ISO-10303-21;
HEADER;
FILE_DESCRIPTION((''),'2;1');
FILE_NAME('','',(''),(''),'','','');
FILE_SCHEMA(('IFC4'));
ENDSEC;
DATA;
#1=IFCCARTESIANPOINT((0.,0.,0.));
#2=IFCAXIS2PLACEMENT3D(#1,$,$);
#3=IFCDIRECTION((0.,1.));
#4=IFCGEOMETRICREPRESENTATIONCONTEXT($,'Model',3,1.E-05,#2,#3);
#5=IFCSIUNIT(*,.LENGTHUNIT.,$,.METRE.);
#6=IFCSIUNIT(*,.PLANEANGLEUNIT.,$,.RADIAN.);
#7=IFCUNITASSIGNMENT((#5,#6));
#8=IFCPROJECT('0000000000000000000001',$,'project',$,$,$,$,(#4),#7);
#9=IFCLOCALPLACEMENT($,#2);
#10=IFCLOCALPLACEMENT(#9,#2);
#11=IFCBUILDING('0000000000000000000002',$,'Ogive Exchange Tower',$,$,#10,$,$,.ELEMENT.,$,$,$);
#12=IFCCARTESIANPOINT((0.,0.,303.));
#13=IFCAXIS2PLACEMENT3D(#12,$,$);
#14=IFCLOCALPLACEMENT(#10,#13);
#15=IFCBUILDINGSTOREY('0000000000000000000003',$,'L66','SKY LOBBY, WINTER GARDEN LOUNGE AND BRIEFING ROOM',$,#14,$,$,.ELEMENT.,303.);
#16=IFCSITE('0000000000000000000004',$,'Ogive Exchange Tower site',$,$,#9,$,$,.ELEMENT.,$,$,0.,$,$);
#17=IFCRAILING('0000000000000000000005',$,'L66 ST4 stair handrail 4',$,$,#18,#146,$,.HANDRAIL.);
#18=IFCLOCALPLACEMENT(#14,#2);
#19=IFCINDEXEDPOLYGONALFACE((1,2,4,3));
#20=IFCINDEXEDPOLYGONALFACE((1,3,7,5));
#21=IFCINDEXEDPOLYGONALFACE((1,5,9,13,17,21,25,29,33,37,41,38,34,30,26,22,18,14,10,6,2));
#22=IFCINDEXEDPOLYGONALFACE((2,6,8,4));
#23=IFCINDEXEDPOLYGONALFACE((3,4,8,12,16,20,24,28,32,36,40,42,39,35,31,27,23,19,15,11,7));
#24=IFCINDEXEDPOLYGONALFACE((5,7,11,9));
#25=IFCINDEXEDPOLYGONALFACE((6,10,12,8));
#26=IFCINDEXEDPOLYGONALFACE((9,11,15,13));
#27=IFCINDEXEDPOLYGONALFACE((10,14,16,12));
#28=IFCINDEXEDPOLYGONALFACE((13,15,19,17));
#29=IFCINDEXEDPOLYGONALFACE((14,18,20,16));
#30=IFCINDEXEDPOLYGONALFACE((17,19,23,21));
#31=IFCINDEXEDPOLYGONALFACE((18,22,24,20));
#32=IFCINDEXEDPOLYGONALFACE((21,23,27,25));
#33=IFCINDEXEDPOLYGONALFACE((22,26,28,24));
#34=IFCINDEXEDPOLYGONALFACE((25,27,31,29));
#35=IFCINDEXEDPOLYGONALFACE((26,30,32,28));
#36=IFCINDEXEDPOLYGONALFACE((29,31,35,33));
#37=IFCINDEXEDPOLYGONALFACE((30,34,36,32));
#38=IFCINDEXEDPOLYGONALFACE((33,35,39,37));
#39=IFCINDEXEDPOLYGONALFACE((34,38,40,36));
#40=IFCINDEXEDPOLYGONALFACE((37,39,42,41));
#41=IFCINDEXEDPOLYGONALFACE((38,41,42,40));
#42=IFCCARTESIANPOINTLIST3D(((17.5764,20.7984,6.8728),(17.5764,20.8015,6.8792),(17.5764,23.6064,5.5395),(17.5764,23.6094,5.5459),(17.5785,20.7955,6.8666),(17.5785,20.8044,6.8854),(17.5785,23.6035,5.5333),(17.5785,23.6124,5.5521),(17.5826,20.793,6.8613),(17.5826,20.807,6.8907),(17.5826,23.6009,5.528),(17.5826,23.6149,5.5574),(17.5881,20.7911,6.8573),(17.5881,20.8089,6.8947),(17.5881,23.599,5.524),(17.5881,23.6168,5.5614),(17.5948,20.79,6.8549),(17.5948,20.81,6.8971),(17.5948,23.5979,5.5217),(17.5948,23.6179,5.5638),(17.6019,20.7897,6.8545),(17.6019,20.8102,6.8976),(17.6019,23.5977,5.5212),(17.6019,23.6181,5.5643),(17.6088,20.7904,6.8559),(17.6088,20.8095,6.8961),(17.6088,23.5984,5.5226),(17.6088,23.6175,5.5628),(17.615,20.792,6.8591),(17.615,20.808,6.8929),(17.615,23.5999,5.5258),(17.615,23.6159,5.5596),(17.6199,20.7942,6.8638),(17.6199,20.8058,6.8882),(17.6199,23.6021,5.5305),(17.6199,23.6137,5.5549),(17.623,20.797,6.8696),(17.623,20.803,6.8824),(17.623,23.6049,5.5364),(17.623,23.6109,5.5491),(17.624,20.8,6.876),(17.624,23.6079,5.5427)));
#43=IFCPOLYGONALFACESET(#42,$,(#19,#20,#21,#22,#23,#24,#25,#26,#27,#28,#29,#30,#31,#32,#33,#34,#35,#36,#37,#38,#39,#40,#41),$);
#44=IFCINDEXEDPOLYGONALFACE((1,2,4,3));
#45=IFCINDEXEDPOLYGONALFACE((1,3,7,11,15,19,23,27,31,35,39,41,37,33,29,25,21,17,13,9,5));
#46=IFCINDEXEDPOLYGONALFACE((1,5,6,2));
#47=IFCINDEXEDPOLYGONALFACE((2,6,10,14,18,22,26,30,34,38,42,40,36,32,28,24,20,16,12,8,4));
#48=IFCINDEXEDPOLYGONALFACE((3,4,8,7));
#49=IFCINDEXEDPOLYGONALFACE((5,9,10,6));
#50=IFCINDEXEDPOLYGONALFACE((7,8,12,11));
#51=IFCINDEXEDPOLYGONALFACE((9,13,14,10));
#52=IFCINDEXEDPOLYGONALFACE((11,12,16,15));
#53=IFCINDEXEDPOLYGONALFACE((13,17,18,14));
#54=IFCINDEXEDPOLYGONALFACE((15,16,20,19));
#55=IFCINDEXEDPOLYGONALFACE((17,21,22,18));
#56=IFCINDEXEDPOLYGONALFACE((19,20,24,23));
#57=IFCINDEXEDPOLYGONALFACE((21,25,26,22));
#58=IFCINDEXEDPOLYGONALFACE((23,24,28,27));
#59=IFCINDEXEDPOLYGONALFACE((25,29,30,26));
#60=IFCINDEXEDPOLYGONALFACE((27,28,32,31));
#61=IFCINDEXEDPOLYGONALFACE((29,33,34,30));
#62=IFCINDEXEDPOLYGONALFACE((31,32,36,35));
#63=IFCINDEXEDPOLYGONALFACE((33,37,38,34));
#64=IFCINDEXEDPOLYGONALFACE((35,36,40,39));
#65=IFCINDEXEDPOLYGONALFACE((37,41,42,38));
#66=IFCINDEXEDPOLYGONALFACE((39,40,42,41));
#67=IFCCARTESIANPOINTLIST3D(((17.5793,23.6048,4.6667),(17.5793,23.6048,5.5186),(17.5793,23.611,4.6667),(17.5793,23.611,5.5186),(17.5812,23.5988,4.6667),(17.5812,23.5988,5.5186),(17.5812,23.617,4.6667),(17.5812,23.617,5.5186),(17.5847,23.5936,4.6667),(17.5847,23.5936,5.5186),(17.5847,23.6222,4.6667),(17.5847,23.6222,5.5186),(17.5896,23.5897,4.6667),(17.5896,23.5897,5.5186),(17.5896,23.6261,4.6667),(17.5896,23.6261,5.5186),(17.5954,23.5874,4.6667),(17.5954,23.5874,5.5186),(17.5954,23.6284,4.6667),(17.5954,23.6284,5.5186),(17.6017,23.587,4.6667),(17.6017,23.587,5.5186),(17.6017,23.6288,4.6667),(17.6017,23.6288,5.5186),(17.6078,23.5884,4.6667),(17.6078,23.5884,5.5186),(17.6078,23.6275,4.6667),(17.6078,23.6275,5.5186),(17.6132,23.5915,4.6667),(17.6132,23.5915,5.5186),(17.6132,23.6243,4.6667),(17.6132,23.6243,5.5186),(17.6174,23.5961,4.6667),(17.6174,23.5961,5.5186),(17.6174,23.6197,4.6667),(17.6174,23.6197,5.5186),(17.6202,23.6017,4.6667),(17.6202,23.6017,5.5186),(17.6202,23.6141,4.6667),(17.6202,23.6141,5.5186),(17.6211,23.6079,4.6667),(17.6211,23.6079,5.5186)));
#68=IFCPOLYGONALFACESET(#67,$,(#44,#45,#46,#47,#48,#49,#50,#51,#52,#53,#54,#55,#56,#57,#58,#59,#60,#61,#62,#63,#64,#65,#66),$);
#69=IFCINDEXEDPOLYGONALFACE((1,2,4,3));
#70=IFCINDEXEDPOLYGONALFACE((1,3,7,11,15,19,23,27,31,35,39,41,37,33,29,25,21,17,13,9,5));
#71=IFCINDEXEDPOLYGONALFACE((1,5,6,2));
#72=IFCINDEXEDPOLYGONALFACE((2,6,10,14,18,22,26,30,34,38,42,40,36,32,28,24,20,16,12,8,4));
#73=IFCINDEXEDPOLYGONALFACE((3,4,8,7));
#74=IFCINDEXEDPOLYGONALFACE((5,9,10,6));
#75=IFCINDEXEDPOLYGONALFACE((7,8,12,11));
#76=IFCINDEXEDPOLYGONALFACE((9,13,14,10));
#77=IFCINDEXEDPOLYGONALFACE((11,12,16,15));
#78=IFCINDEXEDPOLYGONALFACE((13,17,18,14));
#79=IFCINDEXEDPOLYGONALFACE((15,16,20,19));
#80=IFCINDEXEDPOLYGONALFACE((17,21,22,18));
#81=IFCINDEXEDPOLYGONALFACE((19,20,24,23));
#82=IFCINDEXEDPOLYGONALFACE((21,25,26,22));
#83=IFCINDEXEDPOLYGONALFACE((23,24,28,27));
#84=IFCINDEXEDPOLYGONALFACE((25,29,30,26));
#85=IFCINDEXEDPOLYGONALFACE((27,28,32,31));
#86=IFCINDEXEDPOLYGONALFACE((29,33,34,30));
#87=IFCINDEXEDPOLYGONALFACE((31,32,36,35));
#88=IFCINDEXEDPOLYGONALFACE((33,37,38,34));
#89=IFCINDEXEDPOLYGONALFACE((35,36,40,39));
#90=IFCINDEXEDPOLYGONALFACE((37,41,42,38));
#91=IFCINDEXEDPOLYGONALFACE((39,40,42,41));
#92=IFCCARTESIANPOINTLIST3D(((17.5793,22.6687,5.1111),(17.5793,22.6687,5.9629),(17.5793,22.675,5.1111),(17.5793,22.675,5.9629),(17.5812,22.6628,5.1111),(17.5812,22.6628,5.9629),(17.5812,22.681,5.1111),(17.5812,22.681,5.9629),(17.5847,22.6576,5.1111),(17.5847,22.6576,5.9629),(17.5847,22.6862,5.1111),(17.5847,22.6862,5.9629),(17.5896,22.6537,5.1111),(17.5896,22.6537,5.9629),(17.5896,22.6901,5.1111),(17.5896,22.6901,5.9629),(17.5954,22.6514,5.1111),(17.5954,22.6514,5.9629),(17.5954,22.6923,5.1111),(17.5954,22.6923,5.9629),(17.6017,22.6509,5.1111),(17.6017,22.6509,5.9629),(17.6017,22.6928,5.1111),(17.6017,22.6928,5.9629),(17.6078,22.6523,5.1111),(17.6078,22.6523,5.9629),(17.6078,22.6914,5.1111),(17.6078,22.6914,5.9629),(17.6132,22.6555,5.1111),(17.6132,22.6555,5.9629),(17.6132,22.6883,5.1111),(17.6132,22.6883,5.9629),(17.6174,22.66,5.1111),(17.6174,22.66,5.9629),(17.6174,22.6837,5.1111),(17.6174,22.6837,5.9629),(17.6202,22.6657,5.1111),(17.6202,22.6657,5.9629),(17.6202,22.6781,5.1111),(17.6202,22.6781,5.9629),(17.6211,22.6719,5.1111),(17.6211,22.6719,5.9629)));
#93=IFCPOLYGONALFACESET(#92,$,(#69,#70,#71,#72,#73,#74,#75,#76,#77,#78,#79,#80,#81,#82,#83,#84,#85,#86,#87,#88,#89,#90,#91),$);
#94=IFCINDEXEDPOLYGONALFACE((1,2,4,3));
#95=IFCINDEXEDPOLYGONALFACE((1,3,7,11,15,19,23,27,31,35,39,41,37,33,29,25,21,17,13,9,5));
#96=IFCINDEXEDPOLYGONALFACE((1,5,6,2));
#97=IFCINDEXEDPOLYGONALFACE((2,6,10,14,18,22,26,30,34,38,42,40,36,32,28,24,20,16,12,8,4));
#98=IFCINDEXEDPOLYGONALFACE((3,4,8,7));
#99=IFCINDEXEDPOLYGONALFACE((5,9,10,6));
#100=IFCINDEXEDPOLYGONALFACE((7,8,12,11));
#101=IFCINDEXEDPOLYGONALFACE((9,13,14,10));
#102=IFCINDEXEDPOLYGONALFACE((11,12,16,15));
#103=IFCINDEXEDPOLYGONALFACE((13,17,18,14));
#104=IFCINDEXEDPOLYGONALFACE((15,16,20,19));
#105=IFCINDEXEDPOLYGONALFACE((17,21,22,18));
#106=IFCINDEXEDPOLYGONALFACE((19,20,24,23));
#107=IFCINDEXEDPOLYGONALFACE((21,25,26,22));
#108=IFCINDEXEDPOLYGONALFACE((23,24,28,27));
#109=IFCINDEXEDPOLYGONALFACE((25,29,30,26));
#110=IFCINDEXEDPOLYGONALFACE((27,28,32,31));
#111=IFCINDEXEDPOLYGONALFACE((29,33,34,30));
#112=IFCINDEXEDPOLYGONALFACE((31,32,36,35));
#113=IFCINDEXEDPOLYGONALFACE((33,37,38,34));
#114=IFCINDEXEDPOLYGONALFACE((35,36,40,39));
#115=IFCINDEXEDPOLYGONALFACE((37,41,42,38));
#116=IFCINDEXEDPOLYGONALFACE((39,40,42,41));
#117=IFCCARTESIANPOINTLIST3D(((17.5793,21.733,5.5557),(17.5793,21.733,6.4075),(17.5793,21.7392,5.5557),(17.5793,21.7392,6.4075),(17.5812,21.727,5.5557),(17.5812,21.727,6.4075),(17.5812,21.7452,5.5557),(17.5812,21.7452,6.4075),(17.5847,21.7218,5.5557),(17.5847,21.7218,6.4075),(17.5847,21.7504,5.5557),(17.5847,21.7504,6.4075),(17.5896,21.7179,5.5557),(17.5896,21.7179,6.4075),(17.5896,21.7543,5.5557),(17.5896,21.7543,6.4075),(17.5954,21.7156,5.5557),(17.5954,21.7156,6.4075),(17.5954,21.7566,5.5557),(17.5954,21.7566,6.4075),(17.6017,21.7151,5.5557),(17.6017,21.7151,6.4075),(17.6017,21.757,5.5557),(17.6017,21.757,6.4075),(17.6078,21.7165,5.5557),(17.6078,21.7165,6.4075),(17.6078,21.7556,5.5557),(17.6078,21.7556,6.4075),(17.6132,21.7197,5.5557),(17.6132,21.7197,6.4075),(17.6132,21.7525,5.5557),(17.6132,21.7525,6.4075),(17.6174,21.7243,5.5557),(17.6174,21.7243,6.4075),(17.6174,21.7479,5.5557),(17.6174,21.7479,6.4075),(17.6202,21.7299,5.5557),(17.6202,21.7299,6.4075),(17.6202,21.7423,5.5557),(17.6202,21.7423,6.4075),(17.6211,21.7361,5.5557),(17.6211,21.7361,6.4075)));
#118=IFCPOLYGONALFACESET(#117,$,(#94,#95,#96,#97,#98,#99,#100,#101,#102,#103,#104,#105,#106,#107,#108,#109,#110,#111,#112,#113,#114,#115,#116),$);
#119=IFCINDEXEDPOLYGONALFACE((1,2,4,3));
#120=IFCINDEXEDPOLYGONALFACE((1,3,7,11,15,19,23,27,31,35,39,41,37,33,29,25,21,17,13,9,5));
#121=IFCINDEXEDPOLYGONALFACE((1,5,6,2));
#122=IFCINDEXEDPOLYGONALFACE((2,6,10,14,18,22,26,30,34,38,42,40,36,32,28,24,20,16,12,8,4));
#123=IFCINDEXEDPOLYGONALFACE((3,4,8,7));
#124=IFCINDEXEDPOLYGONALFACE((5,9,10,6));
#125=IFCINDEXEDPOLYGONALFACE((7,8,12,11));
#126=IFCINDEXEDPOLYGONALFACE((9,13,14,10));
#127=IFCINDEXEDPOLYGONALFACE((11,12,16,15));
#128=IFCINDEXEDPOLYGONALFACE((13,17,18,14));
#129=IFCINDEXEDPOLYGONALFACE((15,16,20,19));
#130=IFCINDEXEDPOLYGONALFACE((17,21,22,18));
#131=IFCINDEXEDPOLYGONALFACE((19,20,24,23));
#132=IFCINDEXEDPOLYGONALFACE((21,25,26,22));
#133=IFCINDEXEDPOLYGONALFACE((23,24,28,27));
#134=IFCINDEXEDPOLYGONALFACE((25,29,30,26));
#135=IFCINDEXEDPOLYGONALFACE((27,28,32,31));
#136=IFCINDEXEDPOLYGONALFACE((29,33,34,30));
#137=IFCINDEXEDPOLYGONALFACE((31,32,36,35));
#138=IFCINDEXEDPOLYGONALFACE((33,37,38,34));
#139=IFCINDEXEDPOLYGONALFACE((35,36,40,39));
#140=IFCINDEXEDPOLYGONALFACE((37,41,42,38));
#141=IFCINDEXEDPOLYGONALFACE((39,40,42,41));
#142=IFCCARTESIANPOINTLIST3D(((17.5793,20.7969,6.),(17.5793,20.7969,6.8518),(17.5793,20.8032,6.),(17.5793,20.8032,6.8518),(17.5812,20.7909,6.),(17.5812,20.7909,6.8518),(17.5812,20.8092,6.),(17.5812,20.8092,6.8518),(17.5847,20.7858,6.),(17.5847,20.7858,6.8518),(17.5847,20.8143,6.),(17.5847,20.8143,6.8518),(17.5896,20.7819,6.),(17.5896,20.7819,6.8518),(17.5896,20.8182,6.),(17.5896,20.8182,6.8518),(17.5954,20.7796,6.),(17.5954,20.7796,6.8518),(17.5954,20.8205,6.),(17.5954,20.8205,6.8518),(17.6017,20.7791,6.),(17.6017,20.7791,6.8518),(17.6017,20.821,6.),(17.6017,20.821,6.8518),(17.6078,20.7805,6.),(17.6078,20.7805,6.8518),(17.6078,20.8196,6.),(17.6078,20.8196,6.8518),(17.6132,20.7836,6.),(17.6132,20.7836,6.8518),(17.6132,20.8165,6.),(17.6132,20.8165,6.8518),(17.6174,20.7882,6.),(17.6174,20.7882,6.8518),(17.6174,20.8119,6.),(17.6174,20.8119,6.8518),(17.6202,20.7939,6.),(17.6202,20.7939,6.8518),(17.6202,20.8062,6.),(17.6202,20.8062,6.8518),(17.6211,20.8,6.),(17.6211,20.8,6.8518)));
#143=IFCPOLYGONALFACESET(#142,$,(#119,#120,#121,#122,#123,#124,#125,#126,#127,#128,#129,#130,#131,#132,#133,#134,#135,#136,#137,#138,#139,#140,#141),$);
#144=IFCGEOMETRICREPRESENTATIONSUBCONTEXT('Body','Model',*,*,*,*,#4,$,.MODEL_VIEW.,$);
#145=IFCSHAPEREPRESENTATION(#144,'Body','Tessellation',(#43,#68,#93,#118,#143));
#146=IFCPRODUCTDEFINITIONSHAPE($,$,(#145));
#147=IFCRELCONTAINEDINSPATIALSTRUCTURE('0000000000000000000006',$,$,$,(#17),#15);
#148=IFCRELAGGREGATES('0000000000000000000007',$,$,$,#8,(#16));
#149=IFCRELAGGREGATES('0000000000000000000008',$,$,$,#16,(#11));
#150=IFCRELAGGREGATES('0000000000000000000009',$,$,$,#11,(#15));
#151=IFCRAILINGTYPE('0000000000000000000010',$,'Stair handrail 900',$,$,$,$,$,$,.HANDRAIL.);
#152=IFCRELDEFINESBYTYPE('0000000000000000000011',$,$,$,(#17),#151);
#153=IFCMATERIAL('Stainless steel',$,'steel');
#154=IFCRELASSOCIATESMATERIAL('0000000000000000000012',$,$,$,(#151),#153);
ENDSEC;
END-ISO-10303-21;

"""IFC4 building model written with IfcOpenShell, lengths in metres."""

from ifc_helpers import new_model, si_unit, direction, frame, origin, origin_2d, place, context, subcontext, project, spatial, circle, extrude, material, type_object, element, save


model = new_model("IFC4")

# Units and contexts
model_context = context("Model", 3, precision=1e-05, world=origin(), true_north=direction((0.0, 1.0)))
body_context = subcontext(model_context, "Body", "Model", "MODEL_VIEW")
ifc_project = project(units=[si_unit("LENGTHUNIT", "METRE"), si_unit("PLANEANGLEUNIT", "RADIAN")], contexts=[model_context])

# Site, building, storey
site_placement = place(None, origin())
site = spatial("IfcSite", under=ifc_project, at=site_placement, Name="Ogive Exchange Tower site", CompositionType="ELEMENT", RefElevation=0.0)
building_placement = place(site_placement, origin())
building = spatial("IfcBuilding", under=site, at=building_placement, Name="Ogive Exchange Tower", CompositionType="ELEMENT")
storey_placement = place(building_placement, frame((0.0, 0.0, 303.0)))
storey = spatial("IfcBuildingStorey", under=building, at=storey_placement, Name="L66", Description="SKY LOBBY, WINTER GARDEN LOUNGE AND BRIEFING ROOM", CompositionType="ELEMENT", Elevation=303.0)

# Railing
ifc_material_1 = material(Name="Stainless steel", Category="steel")
railing_type = type_object("IfcRailingType", Name="Stair handrail 900", PredefinedType="HANDRAIL", material=ifc_material_1)
railing_1_placement = place(storey_placement, frame((17.6001, 23.6079, 4.6667)))
element("IfcRailing", 1, at=railing_1_placement, inside=storey, type_object=railing_type, Name="L66 ST4 stair handrail 4", PredefinedType="HANDRAIL", context=body_context, shape_type="SweptSolid", body=[
    extrude(circle(Radius=0.0239, at=origin_2d()), frame((0.0, 0.0, 0.876), z_axis=(0.0, -0.903338, 0.42893), x_axis=(1.0, 0.0, 0.0)), (0.0, 0.0, 1.0), 3.1084),
    extrude(circle(Radius=0.021, at=origin_2d()), origin(), (0.0, 0.0, 1.0), 0.8518),
    extrude(circle(Radius=0.021, at=origin_2d()), frame((0.0, -0.936, 0.4443)), (0.0, 0.0, 1.0), 0.8518),
    extrude(circle(Radius=0.021, at=origin_2d()), frame((0.0, -1.8718, 0.8889)), (0.0, 0.0, 1.0), 0.8518),
    extrude(circle(Radius=0.021, at=origin_2d()), frame((0.0, -2.8079, 1.3333)), (0.0, 0.0, 1.0), 0.8518),
])

save(model, "model.ifc")
